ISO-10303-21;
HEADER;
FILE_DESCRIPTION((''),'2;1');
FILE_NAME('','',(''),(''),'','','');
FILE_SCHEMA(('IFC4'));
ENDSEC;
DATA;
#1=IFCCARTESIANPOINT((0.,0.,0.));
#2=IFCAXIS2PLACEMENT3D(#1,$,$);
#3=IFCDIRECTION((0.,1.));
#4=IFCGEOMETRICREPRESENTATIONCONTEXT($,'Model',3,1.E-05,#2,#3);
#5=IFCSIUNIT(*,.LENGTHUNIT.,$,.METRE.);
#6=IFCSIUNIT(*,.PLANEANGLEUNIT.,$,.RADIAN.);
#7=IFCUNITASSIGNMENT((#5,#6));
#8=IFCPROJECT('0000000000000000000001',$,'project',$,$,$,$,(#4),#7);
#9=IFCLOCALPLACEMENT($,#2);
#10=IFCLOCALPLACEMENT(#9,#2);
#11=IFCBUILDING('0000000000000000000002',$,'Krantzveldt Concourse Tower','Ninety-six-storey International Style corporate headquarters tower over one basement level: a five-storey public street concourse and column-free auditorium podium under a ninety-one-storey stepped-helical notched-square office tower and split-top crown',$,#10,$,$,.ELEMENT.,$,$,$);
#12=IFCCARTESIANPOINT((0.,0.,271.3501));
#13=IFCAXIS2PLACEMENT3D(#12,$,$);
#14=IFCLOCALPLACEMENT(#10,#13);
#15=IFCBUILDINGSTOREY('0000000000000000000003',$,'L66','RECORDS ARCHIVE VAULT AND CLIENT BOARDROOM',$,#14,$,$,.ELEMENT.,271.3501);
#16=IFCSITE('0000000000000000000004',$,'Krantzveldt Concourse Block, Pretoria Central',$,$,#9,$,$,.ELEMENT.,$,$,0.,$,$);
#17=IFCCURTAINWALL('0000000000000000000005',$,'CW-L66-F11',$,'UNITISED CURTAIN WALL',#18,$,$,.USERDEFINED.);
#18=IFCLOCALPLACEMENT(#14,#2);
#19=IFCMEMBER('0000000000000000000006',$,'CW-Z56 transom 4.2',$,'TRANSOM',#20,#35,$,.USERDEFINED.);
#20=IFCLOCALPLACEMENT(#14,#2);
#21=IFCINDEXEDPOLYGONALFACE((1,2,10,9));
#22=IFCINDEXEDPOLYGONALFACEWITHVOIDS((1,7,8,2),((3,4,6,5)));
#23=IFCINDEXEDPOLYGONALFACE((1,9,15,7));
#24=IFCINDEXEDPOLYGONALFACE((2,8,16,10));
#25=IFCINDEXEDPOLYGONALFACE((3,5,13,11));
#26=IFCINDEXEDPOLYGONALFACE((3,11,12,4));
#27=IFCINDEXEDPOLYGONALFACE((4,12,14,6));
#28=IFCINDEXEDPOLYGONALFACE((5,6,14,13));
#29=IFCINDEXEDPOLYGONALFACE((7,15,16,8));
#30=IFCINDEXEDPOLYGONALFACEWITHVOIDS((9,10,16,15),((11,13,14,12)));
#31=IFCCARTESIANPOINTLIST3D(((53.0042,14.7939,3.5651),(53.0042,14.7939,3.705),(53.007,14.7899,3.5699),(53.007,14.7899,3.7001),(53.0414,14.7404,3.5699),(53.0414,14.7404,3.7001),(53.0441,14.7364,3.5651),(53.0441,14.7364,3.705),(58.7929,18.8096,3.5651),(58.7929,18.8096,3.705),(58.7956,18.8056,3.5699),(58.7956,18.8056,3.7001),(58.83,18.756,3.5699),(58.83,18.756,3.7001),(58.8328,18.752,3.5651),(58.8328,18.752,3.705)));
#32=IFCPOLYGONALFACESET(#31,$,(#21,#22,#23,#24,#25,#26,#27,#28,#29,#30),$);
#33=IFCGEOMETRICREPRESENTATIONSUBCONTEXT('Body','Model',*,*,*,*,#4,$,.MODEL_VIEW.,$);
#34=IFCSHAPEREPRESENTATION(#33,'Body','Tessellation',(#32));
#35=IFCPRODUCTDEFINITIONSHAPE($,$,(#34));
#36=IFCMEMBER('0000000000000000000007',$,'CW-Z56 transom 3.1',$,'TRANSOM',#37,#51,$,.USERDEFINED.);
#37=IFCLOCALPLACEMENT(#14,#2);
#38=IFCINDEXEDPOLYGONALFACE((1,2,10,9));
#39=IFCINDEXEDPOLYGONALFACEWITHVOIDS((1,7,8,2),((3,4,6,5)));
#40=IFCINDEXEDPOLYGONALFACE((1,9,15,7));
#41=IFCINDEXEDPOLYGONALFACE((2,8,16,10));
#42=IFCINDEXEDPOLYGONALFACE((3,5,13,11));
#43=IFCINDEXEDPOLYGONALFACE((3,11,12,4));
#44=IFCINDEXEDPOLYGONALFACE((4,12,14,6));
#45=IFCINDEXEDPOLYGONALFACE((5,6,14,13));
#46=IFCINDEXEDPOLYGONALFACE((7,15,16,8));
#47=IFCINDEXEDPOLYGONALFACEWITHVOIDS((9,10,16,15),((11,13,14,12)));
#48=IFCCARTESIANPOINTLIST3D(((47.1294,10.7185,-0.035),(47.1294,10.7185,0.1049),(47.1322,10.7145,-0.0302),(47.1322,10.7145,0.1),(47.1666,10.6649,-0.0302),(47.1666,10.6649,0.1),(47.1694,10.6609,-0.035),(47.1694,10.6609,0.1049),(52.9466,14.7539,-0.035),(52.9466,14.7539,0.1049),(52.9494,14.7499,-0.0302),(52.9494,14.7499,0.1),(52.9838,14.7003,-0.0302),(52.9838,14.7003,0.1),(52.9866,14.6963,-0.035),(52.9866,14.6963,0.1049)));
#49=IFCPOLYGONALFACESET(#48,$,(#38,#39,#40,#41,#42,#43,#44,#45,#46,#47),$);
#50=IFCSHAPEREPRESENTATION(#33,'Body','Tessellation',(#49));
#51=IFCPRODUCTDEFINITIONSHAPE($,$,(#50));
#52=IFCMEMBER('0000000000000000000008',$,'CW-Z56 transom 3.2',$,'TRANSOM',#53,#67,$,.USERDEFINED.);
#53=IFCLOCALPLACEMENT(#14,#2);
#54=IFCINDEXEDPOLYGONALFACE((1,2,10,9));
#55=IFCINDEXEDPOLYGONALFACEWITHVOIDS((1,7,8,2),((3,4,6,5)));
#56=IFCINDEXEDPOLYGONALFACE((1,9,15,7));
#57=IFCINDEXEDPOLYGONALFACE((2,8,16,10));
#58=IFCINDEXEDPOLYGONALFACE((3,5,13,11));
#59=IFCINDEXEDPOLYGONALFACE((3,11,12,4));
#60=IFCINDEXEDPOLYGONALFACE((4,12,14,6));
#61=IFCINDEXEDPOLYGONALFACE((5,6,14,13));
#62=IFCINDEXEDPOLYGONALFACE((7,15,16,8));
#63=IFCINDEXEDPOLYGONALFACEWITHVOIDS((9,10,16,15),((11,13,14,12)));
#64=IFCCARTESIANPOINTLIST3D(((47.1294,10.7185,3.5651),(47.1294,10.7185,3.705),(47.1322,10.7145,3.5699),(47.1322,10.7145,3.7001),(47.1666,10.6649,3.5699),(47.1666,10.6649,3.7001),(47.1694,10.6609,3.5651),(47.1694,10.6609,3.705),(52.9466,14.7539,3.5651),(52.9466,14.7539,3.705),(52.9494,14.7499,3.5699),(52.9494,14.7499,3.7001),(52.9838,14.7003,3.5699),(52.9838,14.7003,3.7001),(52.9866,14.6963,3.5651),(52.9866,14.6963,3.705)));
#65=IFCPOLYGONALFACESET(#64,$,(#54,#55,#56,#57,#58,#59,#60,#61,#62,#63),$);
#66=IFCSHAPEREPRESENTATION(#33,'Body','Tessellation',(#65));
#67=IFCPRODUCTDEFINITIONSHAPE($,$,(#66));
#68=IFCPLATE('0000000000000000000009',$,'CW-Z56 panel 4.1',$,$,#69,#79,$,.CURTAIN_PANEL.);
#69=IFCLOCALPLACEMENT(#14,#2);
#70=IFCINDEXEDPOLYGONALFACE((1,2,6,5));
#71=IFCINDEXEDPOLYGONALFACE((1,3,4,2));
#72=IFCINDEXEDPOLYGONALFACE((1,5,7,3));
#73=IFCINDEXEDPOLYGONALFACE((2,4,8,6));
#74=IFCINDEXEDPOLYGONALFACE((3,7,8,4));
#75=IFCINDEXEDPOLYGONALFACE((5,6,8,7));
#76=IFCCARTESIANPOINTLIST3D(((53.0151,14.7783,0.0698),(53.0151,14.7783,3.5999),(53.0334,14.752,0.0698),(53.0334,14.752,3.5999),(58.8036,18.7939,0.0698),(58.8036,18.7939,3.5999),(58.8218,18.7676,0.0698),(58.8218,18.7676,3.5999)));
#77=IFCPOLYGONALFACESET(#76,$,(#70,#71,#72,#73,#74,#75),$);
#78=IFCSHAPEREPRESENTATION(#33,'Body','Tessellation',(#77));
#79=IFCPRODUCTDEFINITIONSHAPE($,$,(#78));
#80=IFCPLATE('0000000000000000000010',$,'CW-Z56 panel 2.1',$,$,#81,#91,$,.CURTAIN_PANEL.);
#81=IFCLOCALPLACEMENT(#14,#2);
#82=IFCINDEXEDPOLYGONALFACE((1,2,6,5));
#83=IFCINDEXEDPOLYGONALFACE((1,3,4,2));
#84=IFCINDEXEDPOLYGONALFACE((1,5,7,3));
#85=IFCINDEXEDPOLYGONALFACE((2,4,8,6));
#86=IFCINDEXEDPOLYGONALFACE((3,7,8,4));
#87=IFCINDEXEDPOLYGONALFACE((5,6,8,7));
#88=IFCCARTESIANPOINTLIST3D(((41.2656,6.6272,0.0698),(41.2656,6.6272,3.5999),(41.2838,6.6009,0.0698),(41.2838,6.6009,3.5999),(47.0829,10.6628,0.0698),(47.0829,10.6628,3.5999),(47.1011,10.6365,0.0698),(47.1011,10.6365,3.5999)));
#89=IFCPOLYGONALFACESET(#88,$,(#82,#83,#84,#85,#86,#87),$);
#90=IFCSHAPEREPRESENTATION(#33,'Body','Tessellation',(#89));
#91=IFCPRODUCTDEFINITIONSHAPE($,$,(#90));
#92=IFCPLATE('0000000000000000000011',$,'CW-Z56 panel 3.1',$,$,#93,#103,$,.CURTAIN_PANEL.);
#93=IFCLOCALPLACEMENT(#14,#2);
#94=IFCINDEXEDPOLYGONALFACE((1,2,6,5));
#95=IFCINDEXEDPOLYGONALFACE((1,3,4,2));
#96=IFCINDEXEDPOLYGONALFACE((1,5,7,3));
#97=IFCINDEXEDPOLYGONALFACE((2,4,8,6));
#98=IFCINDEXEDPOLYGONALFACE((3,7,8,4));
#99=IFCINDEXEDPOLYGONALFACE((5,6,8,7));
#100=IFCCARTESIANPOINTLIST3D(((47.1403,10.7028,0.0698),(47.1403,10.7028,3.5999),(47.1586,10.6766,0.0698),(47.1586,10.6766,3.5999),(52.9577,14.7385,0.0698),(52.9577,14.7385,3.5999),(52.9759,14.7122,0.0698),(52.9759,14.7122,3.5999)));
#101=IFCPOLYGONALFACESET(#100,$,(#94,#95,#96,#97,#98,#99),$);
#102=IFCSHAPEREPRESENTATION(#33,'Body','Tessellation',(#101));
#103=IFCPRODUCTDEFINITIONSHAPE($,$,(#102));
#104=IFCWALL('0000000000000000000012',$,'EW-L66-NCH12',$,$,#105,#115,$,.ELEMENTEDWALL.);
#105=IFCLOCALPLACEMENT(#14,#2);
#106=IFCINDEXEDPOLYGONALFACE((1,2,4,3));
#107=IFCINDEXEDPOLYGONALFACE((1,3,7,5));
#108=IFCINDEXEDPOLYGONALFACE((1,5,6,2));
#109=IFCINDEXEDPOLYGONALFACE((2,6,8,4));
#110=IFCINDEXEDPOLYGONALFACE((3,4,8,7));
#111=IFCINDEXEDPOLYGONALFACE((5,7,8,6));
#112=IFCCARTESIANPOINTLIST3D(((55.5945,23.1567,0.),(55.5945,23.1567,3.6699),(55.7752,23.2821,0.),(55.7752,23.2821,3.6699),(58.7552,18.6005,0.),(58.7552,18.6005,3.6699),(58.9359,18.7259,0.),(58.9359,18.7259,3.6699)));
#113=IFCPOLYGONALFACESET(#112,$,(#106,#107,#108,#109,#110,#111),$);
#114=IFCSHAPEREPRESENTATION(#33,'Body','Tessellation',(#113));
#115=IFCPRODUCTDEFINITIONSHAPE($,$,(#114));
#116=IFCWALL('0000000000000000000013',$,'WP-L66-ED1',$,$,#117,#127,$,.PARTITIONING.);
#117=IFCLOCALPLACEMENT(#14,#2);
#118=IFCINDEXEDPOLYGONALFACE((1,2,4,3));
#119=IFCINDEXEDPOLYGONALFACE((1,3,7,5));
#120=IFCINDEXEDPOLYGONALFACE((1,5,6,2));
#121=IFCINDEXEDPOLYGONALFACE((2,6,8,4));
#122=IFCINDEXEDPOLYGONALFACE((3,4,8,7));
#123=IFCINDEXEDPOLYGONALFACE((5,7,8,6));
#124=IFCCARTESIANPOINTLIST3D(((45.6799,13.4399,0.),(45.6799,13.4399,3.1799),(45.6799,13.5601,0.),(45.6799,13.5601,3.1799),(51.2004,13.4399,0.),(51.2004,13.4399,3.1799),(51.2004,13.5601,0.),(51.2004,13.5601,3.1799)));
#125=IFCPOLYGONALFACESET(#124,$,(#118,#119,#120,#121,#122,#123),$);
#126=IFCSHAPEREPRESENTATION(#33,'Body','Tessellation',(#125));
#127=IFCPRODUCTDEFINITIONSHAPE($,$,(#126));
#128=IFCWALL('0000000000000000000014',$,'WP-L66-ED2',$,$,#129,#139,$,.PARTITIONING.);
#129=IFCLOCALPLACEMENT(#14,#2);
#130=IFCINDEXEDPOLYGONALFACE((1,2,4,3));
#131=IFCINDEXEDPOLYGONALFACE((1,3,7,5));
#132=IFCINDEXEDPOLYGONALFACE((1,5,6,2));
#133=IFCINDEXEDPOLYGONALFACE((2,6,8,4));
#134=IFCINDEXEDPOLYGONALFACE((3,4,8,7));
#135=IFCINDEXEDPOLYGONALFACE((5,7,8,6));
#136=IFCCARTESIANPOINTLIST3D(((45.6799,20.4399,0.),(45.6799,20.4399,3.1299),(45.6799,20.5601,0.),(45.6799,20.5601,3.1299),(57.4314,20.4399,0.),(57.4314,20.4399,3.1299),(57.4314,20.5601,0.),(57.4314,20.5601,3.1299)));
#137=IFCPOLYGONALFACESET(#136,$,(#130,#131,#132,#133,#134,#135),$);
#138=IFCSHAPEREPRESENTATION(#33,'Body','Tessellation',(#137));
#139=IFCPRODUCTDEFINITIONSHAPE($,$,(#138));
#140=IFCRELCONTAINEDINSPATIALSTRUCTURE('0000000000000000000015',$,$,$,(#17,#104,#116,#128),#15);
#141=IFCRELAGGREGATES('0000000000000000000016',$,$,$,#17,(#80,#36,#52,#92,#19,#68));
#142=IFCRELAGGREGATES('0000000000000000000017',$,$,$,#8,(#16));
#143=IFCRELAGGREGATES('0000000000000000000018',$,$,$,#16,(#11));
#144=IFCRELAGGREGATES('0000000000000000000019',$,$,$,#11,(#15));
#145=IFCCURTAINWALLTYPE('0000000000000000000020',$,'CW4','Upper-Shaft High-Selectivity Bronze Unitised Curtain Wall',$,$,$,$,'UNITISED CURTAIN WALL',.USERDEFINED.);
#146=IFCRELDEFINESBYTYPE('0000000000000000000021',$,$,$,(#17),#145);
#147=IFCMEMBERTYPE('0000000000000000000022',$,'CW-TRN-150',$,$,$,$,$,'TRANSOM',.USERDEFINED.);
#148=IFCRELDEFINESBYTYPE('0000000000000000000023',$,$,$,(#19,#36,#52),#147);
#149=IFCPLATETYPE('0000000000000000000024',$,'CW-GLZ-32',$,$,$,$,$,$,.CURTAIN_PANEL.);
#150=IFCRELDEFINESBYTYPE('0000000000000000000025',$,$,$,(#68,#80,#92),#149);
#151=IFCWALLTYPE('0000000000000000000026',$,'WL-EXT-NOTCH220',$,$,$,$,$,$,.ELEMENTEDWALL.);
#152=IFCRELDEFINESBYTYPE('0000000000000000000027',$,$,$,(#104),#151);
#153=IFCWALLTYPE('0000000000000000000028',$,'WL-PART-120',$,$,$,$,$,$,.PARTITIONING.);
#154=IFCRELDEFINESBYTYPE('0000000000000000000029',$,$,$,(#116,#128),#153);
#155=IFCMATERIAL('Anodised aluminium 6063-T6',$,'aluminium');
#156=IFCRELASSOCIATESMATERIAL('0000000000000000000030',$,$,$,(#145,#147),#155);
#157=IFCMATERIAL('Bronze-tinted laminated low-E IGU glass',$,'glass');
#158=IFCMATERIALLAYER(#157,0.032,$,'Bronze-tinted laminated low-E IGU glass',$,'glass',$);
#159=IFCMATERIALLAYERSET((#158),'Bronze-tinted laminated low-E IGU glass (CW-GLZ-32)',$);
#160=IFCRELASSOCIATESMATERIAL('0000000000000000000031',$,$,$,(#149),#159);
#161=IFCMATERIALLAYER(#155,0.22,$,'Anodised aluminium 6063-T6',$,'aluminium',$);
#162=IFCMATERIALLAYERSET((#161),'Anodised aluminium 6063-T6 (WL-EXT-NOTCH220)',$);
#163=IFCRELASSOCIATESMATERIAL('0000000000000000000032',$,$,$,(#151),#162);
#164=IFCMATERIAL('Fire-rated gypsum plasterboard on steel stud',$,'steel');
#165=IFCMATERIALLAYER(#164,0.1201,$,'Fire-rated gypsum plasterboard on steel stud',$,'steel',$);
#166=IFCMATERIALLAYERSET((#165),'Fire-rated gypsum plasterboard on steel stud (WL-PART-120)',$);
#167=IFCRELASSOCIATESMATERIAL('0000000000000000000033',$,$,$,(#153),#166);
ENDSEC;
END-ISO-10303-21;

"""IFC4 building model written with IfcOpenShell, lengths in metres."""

from ifc_helpers import new_model, si_unit, direction, frame, frame_2d, origin, origin_2d, place, context, subcontext, project, spatial, rectangle, hollow_rectangle, extrude, source, transform, mapped, material, layer, layer_set, material_profile, profile_set, type_object, type_shapes, element, aggregate, save


model = new_model("IFC4")

# Units and contexts
model_context = context("Model", 3, precision=1e-05, world=origin(), true_north=direction((0.0, 1.0)))
body_context = subcontext(model_context, "Body", "Model", "MODEL_VIEW")
ifc_project = project(units=[si_unit("LENGTHUNIT", "METRE"), si_unit("PLANEANGLEUNIT", "RADIAN")], contexts=[model_context])

# Site, building, storey
site_placement = place(None, origin())
site = spatial("IfcSite", under=ifc_project, at=site_placement, Name="Krantzveldt Concourse Block, Pretoria Central", CompositionType="ELEMENT", RefElevation=0.0)
building_placement = place(site_placement, origin())
building = spatial("IfcBuilding", under=site, at=building_placement, Name="Krantzveldt Concourse Tower", Description="Ninety-six-storey International Style corporate headquarters tower over one basement level: a five-storey public street concourse and column-free auditorium podium under a ninety-one-storey stepped-helical notched-square office tower and split-top crown", CompositionType="ELEMENT")
storey_placement = place(building_placement, frame((0.0, 0.0, 271.3501)))
storey = spatial("IfcBuildingStorey", under=building, at=storey_placement, Name="L66", Description="RECORDS ARCHIVE VAULT AND CLIENT BOARDROOM", CompositionType="ELEMENT", Elevation=271.3501)

# Curtain wall, members, plates
ifc_material_1 = material(Name="Anodised aluminium 6063-T6", Category="aluminium")
curtain_wall_type = type_object("IfcCurtainWallType", Name="CW4", Description="Upper-Shaft High-Selectivity Bronze Unitised Curtain Wall", ElementType="UNITISED CURTAIN WALL", PredefinedType="USERDEFINED", material=ifc_material_1)
curtain_wall_placement = place(storey_placement, origin())
curtain_wall = element("IfcCurtainWall", 1, at=curtain_wall_placement, inside=storey, type_object=curtain_wall_type, Name="CW-L66-F11", ObjectType="UNITISED CURTAIN WALL", PredefinedType="USERDEFINED")
ifc_material_profile_1 = material_profile(ifc_material_1, hollow_rectangle(XDim=0.0701, YDim=0.1399, WallThickness=0.0049, at=origin_2d()), Name="Anodised aluminium 6063-T6", Category="aluminium")
ifc_profile_set_1 = profile_set([ifc_material_profile_1], Name="Anodised aluminium 6063-T6 - ALU-TRAN 140x70x5")
member_type_1 = type_object("IfcMemberType", Name="CW-TRN-150", ElementType="TRANSOM", PredefinedType="USERDEFINED", material=ifc_profile_set_1)
shared_shape_1 = source(origin(), body_context, "Body", "SweptSolid", [
    extrude(hollow_rectangle(XDim=0.0701, YDim=0.1399, WallThickness=0.0049, at=origin_2d()), origin(), (0.0, 0.0, 1.0), 7.0452),
])
member_1_placement = place(storey_placement, frame((53.0242, 14.7651, 3.635), z_axis=(0.82165, 0.569992, 0.0), x_axis=(-0.569992, 0.82165, 0.0)))
member_1 = element("IfcMember", 2, at=member_1_placement, type_object=member_type_1, Name="CW-Z56 transom 4.2", ObjectType="TRANSOM", PredefinedType="USERDEFINED", context=body_context, shape_type="MappedRepresentation", body=[
    mapped(shared_shape_1, transform((0.0, 0.0, 0.0), x_axis=(1.0, 0.0, 0.0), y_axis=(0.0, 1.0, 0.0), z_axis=(0.0, 0.0, 1.0), scale=1.0)),
])
shared_shape_2 = source(origin(), body_context, "Body", "SweptSolid", [
    extrude(hollow_rectangle(XDim=0.0701, YDim=0.1399, WallThickness=0.0049, at=origin_2d()), origin(), (0.0, 0.0, 1.0), 7.0798),
])
type_shapes(member_type_1, [shared_shape_1, shared_shape_2])
member_2_placement = place(storey_placement, frame((47.1494, 10.6897, 0.0349), z_axis=(0.821653, 0.569988, 0.0), x_axis=(-0.569988, 0.821653, 0.0)))
member_2 = element("IfcMember", 3, at=member_2_placement, type_object=member_type_1, Name="CW-Z56 transom 3.1", ObjectType="TRANSOM", PredefinedType="USERDEFINED", context=body_context, shape_type="MappedRepresentation", body=[
    mapped(shared_shape_2, transform((0.0, 0.0, 0.0), x_axis=(1.0, 0.0, 0.0), y_axis=(0.0, 1.0, 0.0), z_axis=(0.0, 0.0, 1.0), scale=1.0)),
])
member_3_placement = place(storey_placement, frame((47.1494, 10.6897, 3.635), z_axis=(0.821653, 0.569988, 0.0), x_axis=(-0.569988, 0.821653, 0.0)))
member_3 = element("IfcMember", 4, at=member_3_placement, type_object=member_type_1, Name="CW-Z56 transom 3.2", ObjectType="TRANSOM", PredefinedType="USERDEFINED", context=body_context, shape_type="MappedRepresentation", body=[
    mapped(shared_shape_2, transform((0.0, 0.0, 0.0), x_axis=(1.0, 0.0, 0.0), y_axis=(0.0, 1.0, 0.0), z_axis=(0.0, 0.0, 1.0), scale=1.0)),
])
ifc_material_2 = material(Name="Bronze-tinted laminated low-E IGU glass", Category="glass")
ifc_layer_1 = layer(ifc_material_2, 0.032, Name="Bronze-tinted laminated low-E IGU glass", Category="glass")
ifc_layer_set_1 = layer_set([ifc_layer_1], Name="Bronze-tinted laminated low-E IGU glass (CW-GLZ-32)")
plate_type = type_object("IfcPlateType", Name="CW-GLZ-32", PredefinedType="CURTAIN_PANEL", material=ifc_layer_set_1)
shared_shape_3 = source(origin(), body_context, "Body", "SweptSolid", [
    extrude(rectangle(XDim=7.0449, YDim=0.032, at=origin_2d()), origin(), (0.0, 0.0, 1.0), 3.53),
])
plate_1_placement = place(storey_placement, frame((55.9185, 16.7729, 0.0698), z_axis=(0.0, 0.0, 1.0), x_axis=(0.821647, 0.569997, 0.0)))
plate_1 = element("IfcPlate", 5, at=plate_1_placement, type_object=plate_type, Name="CW-Z56 panel 4.1", PredefinedType="CURTAIN_PANEL", context=body_context, shape_type="MappedRepresentation", body=[
    mapped(shared_shape_3, transform((0.0, 0.0, 0.0), x_axis=(1.0, 0.0, 0.0), y_axis=(0.0, 1.0, 0.0), z_axis=(0.0, 0.0, 1.0), scale=1.0)),
])
shared_shape_4 = source(origin(), body_context, "Body", "SweptSolid", [
    extrude(rectangle(XDim=7.0801, YDim=0.032, at=origin_2d()), origin(), (0.0, 0.0, 1.0), 3.53),
])
type_shapes(plate_type, [shared_shape_3, shared_shape_4])
plate_2_placement = place(storey_placement, frame((44.1833, 8.6318, 0.0698), z_axis=(0.0, 0.0, 1.0), x_axis=(0.821647, 0.569997, 0.0)))
plate_2 = element("IfcPlate", 6, at=plate_2_placement, type_object=plate_type, Name="CW-Z56 panel 2.1", PredefinedType="CURTAIN_PANEL", context=body_context, shape_type="MappedRepresentation", body=[
    mapped(shared_shape_4, transform((0.0, 0.0, 0.0), x_axis=(1.0, 0.0, 0.0), y_axis=(0.0, 1.0, 0.0), z_axis=(0.0, 0.0, 1.0), scale=1.0)),
])
plate_3_placement = place(storey_placement, frame((50.0581, 12.7075, 0.0698), z_axis=(0.0, 0.0, 1.0), x_axis=(0.821647, 0.569997, 0.0)))
plate_3 = element("IfcPlate", 7, at=plate_3_placement, type_object=plate_type, Name="CW-Z56 panel 3.1", PredefinedType="CURTAIN_PANEL", context=body_context, shape_type="MappedRepresentation", body=[
    mapped(shared_shape_4, transform((0.0, 0.0, 0.0), x_axis=(1.0, 0.0, 0.0), y_axis=(0.0, 1.0, 0.0), z_axis=(0.0, 0.0, 1.0), scale=1.0)),
])
aggregate(curtain_wall, [plate_2, member_2, member_3, plate_3, member_1, plate_1])

# Walls
ifc_layer_2 = layer(ifc_material_1, 0.22, Name="Anodised aluminium 6063-T6", Category="aluminium")
ifc_layer_set_2 = layer_set([ifc_layer_2], Name="Anodised aluminium 6063-T6 (WL-EXT-NOTCH220)")
wall_type_1 = type_object("IfcWallType", Name="WL-EXT-NOTCH220", PredefinedType="ELEMENTEDWALL", material=ifc_layer_set_2)
wall_1_placement = place(storey_placement, frame((58.8455, 18.6633, 0.0), z_axis=(0.0, 0.0, 1.0), x_axis=(-0.569988, 0.821653, 0.0)))
element("IfcWall", 8, at=wall_1_placement, inside=storey, type_object=wall_type_1, Name="EW-L66-NCH12", PredefinedType="ELEMENTEDWALL", context=body_context, shape_type="SweptSolid", body=[
    extrude(rectangle(XDim=5.5452, YDim=0.22, at=frame_2d((2.7725, 0.0))), origin(), (0.0, 0.0, 1.0), 3.6699),
])
ifc_material_3 = material(Name="Fire-rated gypsum plasterboard on steel stud", Category="steel")
ifc_layer_3 = layer(ifc_material_3, 0.1201, Name="Fire-rated gypsum plasterboard on steel stud", Category="steel")
ifc_layer_set_3 = layer_set([ifc_layer_3], Name="Fire-rated gypsum plasterboard on steel stud (WL-PART-120)")
wall_type_2 = type_object("IfcWallType", Name="WL-PART-120", PredefinedType="PARTITIONING", material=ifc_layer_set_3)
wall_2_placement = place(storey_placement, frame((45.6799, 13.5, 0.0), z_axis=(0.0, 0.0, 1.0), x_axis=(1.0, 0.0, 0.0)))
element("IfcWall", 9, at=wall_2_placement, inside=storey, type_object=wall_type_2, Name="WP-L66-ED1", PredefinedType="PARTITIONING", context=body_context, shape_type="SweptSolid", body=[
    extrude(rectangle(XDim=5.5205, YDim=0.1201, at=frame_2d((2.7603, 0.0))), origin(), (0.0, 0.0, 1.0), 3.1799),
])
wall_3_placement = place(storey_placement, frame((45.6799, 20.5, 0.0), z_axis=(0.0, 0.0, 1.0), x_axis=(1.0, 0.0, 0.0)))
element("IfcWall", 10, at=wall_3_placement, inside=storey, type_object=wall_type_2, Name="WP-L66-ED2", PredefinedType="PARTITIONING", context=body_context, shape_type="SweptSolid", body=[
    extrude(rectangle(XDim=11.7515, YDim=0.1201, at=frame_2d((5.8757, 0.0))), origin(), (0.0, 0.0, 1.0), 3.1299),
])

save(model, "model.ifc")
